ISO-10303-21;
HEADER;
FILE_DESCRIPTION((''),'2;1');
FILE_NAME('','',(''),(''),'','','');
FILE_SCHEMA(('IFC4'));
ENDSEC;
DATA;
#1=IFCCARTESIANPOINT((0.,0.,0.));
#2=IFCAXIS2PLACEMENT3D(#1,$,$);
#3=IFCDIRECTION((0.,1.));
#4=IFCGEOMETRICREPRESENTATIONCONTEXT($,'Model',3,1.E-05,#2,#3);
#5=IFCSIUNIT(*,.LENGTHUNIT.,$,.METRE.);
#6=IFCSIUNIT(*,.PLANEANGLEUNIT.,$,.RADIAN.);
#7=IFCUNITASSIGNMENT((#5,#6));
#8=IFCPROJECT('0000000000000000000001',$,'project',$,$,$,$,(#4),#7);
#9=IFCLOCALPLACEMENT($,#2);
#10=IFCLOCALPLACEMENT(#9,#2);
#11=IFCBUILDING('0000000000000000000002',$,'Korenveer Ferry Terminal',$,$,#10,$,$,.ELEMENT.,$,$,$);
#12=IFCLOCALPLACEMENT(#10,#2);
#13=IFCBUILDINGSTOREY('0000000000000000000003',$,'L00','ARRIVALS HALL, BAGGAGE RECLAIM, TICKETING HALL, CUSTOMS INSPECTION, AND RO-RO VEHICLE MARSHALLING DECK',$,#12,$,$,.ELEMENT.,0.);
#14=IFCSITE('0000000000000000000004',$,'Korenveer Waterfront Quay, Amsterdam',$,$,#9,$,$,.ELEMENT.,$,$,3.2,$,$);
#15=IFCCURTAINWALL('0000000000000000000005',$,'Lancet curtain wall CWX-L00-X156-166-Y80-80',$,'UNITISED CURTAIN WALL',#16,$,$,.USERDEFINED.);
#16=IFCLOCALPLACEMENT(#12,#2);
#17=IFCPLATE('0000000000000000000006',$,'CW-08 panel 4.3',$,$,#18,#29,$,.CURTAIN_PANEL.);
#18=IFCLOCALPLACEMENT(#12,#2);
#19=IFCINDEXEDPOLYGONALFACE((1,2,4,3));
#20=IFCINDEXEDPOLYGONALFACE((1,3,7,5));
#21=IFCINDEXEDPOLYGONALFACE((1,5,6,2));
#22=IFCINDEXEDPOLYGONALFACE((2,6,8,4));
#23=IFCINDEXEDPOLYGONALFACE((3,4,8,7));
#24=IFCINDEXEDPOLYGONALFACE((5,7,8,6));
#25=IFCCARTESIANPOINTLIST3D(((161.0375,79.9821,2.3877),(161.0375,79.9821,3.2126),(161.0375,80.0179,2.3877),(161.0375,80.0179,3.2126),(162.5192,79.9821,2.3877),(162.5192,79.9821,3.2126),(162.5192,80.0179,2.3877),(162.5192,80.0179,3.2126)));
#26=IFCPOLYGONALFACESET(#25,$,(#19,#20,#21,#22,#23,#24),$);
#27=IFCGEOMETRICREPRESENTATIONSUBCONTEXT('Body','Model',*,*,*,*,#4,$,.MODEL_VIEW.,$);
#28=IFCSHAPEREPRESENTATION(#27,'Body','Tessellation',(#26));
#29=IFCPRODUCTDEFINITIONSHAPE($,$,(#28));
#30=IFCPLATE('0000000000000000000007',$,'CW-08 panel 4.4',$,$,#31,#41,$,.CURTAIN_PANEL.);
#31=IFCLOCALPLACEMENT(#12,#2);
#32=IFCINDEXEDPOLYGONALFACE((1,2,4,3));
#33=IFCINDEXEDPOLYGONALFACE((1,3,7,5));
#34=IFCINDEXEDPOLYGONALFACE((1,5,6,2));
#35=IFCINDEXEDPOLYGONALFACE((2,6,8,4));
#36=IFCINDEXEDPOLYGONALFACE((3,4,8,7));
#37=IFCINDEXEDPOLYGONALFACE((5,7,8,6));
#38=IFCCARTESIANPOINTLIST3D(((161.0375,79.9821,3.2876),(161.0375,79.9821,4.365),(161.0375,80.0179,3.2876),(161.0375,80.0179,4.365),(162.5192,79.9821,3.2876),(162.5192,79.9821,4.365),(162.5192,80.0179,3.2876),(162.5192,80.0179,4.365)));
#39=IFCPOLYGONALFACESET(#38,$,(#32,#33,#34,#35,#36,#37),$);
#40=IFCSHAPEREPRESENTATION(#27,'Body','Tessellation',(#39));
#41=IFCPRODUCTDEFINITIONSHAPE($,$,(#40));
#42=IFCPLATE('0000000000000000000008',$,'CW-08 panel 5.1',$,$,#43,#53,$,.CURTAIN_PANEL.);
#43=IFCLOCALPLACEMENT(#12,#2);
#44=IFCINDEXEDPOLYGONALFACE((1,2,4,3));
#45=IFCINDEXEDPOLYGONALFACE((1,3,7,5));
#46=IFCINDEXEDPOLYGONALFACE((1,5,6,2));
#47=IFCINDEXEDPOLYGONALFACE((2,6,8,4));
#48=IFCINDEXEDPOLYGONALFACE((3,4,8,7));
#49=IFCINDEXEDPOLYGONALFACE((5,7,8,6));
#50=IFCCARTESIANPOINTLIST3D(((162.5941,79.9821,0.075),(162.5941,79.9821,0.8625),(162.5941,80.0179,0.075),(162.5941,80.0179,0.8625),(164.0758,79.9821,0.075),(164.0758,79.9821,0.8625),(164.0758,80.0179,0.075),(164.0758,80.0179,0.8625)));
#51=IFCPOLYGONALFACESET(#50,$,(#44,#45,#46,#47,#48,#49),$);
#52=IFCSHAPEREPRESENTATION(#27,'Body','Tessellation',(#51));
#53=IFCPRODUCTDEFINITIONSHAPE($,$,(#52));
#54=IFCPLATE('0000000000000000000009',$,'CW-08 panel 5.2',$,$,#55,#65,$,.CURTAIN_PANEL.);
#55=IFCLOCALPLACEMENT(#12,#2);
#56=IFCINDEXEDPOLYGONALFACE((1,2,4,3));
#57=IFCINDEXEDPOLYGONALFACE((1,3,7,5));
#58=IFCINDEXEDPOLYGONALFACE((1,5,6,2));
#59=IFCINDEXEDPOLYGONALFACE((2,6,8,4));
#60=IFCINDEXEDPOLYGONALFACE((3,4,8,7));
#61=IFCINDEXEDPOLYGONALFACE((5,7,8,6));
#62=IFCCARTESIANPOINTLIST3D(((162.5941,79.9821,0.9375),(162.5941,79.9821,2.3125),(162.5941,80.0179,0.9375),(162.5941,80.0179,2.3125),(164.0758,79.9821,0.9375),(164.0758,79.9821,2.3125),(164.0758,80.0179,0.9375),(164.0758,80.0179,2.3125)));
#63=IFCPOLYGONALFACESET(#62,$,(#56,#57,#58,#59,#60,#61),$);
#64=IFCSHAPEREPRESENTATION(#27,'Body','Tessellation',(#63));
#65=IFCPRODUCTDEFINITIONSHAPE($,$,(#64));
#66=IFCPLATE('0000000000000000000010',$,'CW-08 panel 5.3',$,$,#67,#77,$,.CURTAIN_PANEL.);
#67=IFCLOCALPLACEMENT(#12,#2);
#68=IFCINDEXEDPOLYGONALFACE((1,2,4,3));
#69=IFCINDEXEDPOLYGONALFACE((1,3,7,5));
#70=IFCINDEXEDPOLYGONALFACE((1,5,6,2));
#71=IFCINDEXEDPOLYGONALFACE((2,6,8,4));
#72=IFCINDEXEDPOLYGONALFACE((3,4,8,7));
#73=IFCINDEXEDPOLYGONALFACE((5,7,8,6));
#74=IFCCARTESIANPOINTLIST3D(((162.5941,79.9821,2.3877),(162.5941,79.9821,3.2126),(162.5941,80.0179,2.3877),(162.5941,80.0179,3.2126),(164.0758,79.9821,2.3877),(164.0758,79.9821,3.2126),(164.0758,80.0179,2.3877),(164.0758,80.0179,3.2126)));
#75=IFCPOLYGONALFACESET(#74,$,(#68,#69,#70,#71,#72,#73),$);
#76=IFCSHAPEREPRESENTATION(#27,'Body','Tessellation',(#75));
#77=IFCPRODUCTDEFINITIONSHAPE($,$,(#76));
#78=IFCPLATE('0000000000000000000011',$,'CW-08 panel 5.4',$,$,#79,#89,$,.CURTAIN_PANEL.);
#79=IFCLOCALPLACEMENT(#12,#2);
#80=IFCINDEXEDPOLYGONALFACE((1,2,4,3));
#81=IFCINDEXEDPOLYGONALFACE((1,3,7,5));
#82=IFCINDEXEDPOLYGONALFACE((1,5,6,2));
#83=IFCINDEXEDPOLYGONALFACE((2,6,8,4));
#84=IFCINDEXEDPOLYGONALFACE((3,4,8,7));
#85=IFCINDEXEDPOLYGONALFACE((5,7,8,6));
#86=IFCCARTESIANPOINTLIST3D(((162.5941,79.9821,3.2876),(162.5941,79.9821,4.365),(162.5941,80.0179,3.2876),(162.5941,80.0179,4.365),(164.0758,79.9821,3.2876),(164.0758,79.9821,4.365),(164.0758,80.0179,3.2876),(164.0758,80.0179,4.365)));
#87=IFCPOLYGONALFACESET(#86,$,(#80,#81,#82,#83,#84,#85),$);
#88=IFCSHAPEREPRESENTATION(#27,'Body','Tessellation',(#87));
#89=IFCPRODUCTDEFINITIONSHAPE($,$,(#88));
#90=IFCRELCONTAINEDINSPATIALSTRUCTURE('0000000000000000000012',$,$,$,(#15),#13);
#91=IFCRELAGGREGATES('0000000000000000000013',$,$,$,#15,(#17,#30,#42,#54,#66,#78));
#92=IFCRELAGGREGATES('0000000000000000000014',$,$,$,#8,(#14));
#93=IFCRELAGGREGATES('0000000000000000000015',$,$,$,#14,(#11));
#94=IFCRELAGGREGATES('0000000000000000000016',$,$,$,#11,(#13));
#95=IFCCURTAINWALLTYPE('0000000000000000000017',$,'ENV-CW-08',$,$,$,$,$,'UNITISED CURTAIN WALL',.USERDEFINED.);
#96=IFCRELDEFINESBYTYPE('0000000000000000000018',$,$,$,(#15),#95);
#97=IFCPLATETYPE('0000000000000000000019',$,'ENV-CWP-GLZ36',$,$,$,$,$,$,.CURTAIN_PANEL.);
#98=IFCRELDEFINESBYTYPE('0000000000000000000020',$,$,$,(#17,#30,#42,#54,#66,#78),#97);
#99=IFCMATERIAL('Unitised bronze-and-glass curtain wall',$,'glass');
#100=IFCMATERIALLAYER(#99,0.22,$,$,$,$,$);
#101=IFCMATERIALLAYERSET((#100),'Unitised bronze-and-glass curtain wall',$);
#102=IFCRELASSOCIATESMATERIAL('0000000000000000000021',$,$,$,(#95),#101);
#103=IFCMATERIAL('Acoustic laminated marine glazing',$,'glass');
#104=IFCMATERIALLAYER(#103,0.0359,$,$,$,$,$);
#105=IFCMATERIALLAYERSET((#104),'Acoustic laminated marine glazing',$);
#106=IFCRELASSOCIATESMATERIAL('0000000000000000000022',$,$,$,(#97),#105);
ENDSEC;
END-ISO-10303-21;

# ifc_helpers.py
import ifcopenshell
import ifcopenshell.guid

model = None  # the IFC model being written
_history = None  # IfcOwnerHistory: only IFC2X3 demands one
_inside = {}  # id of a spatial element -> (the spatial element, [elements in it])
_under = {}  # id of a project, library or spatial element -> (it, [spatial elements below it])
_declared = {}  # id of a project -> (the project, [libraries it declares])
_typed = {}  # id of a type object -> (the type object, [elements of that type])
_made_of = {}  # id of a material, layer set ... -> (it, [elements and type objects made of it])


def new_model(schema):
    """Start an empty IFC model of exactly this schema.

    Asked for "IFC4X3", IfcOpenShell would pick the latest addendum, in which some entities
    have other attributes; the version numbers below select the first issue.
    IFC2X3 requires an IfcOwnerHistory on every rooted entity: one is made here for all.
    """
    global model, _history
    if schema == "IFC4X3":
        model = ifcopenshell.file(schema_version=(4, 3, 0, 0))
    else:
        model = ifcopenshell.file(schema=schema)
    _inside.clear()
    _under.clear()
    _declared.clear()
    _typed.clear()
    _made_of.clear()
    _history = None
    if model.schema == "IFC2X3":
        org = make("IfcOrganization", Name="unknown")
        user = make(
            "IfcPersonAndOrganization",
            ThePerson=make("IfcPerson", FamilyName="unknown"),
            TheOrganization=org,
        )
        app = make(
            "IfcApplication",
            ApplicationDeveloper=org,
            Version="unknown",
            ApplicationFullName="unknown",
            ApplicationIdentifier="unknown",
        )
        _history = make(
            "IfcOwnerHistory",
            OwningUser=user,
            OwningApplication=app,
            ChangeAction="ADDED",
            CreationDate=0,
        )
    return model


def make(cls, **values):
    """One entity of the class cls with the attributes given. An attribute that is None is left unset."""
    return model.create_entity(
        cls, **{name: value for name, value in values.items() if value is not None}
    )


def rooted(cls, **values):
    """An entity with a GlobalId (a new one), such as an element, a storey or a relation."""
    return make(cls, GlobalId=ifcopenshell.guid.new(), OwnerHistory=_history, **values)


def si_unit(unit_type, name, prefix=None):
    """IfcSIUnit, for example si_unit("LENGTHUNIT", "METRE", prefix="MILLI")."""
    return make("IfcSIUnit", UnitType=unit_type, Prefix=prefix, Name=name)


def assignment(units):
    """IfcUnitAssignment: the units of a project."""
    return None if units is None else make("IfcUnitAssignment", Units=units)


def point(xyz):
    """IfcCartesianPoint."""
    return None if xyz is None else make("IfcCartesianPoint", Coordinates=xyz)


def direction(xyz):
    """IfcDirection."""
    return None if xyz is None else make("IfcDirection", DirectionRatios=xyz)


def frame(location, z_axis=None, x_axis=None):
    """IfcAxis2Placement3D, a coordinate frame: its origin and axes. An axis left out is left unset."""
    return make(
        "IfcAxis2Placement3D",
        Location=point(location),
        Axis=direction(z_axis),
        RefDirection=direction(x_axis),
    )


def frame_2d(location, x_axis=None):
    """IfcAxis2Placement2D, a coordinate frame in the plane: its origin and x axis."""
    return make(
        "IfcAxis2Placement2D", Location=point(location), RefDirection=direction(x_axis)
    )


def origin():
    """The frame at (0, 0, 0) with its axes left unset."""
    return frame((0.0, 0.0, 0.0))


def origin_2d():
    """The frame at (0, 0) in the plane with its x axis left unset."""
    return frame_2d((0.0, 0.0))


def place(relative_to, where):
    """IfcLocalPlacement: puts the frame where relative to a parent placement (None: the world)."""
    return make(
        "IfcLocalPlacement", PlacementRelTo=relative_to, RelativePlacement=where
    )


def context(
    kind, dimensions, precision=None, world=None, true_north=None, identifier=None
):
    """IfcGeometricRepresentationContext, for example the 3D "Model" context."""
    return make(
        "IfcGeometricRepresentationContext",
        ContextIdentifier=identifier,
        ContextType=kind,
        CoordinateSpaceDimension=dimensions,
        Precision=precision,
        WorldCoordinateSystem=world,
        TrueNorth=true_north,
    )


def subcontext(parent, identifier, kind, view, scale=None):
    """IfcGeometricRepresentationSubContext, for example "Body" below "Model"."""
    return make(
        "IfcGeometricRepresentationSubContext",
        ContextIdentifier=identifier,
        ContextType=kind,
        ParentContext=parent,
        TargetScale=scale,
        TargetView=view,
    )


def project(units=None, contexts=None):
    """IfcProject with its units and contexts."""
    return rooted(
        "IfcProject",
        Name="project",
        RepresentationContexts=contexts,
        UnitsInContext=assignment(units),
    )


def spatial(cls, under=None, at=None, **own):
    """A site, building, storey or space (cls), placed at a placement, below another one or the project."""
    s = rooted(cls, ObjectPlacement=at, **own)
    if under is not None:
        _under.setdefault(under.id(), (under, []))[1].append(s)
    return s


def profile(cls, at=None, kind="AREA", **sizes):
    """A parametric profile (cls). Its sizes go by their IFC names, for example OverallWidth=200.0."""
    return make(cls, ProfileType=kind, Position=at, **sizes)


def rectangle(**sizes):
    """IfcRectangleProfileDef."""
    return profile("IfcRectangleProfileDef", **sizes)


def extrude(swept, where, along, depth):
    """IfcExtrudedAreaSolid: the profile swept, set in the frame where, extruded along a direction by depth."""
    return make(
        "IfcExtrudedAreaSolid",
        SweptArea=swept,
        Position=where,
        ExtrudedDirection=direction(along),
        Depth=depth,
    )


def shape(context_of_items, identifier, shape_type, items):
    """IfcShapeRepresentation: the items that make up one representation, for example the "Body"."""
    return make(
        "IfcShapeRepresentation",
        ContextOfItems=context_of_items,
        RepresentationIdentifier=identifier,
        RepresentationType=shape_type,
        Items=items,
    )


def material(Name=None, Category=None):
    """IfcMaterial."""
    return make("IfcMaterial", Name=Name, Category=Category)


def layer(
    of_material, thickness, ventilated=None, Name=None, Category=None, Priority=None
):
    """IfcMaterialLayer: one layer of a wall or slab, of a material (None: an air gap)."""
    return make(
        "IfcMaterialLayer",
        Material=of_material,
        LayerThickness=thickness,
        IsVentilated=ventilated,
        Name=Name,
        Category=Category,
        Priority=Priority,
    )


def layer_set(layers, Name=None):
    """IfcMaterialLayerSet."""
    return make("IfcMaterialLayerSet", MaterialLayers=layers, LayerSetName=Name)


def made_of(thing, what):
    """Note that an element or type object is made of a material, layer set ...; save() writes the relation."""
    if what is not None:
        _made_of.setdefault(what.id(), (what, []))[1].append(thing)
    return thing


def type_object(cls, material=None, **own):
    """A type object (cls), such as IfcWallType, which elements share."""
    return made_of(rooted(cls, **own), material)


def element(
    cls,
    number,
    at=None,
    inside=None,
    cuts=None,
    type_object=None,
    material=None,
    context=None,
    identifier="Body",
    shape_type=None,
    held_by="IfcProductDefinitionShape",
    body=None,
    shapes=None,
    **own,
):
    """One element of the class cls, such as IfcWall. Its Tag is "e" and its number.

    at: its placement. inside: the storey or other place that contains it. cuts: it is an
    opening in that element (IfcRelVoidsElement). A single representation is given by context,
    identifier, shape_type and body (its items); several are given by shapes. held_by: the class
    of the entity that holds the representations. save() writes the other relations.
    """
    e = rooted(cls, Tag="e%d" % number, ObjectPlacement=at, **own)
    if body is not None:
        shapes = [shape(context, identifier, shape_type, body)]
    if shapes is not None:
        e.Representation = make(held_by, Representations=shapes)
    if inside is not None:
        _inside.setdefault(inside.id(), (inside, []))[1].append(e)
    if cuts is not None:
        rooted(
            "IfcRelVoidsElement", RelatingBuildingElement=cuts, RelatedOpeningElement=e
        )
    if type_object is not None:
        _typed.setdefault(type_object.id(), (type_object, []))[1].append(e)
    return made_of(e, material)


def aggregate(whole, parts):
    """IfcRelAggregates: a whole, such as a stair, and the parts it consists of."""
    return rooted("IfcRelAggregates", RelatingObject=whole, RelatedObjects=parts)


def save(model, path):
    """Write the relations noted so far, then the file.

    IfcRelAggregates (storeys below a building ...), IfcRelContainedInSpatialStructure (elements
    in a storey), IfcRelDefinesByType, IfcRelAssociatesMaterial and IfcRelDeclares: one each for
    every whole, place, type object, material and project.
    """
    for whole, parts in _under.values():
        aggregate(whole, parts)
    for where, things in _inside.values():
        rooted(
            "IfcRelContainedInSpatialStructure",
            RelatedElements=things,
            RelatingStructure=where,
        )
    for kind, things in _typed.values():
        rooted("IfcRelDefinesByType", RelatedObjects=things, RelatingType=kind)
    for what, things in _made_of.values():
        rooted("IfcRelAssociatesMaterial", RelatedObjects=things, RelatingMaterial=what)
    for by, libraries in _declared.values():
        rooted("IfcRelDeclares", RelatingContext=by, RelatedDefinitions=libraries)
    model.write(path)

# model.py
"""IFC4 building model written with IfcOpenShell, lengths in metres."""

from ifc_helpers import new_model, si_unit, direction, frame, origin, origin_2d, place, context, subcontext, project, spatial, rectangle, extrude, material, layer, layer_set, type_object, element, aggregate, save


model = new_model("IFC4")

# Units and contexts
model_context = context("Model", 3, precision=1e-05, world=origin(), true_north=direction((0.0, 1.0)))
body_context = subcontext(model_context, "Body", "Model", "MODEL_VIEW")
ifc_project = project(units=[si_unit("LENGTHUNIT", "METRE"), si_unit("PLANEANGLEUNIT", "RADIAN")], contexts=[model_context])

# Site, building, storey
site_placement = place(None, origin())
site = spatial("IfcSite", under=ifc_project, at=site_placement, Name="Korenveer Waterfront Quay, Amsterdam", CompositionType="ELEMENT", RefElevation=3.2)
building_placement = place(site_placement, origin())
building = spatial("IfcBuilding", under=site, at=building_placement, Name="Korenveer Ferry Terminal", CompositionType="ELEMENT")
storey_placement = place(building_placement, origin())
storey = spatial("IfcBuildingStorey", under=building, at=storey_placement, Name="L00", Description="ARRIVALS HALL, BAGGAGE RECLAIM, TICKETING HALL, CUSTOMS INSPECTION, AND RO-RO VEHICLE MARSHALLING DECK", CompositionType="ELEMENT", Elevation=0.0)

# Curtain wall, plates
ifc_material_1 = material(Name="Unitised bronze-and-glass curtain wall", Category="glass")
ifc_layer_1 = layer(ifc_material_1, 0.22)
ifc_layer_set_1 = layer_set([ifc_layer_1], Name="Unitised bronze-and-glass curtain wall")
curtain_wall_type = type_object("IfcCurtainWallType", Name="ENV-CW-08", ElementType="UNITISED CURTAIN WALL", PredefinedType="USERDEFINED", material=ifc_layer_set_1)
curtain_wall_placement = place(storey_placement, frame((156.3301, 80.0, 0.0)))
curtain_wall = element("IfcCurtainWall", 1, at=curtain_wall_placement, inside=storey, type_object=curtain_wall_type, Name="Lancet curtain wall CWX-L00-X156-166-Y80-80", ObjectType="UNITISED CURTAIN WALL", PredefinedType="USERDEFINED")
ifc_material_2 = material(Name="Acoustic laminated marine glazing", Category="glass")
ifc_layer_2 = layer(ifc_material_2, 0.0359)
ifc_layer_set_2 = layer_set([ifc_layer_2], Name="Acoustic laminated marine glazing")
plate_type = type_object("IfcPlateType", Name="ENV-CWP-GLZ36", PredefinedType="CURTAIN_PANEL", material=ifc_layer_set_2)
plate_1_placement = place(storey_placement, frame((161.7783, 80.0, 2.3877), z_axis=(0.0, 0.0, 1.0), x_axis=(1.0, 0.0, 0.0)))
plate_1 = element("IfcPlate", 2, at=plate_1_placement, type_object=plate_type, Name="CW-08 panel 4.3", PredefinedType="CURTAIN_PANEL", context=body_context, shape_type="SweptSolid", body=[
    extrude(rectangle(XDim=1.4817, YDim=0.0359, at=origin_2d()), origin(), (0.0, 0.0, 1.0), 0.825),
])
plate_2_placement = place(storey_placement, frame((161.7783, 80.0, 3.2876), z_axis=(0.0, 0.0, 1.0), x_axis=(1.0, 0.0, 0.0)))
plate_2 = element("IfcPlate", 3, at=plate_2_placement, type_object=plate_type, Name="CW-08 panel 4.4", PredefinedType="CURTAIN_PANEL", context=body_context, shape_type="SweptSolid", body=[
    extrude(rectangle(XDim=1.4817, YDim=0.0359, at=origin_2d()), origin(), (0.0, 0.0, 1.0), 1.0774),
])
plate_3_placement = place(storey_placement, frame((163.335, 80.0, 0.075), z_axis=(0.0, 0.0, 1.0), x_axis=(1.0, 0.0, 0.0)))
plate_3 = element("IfcPlate", 4, at=plate_3_placement, type_object=plate_type, Name="CW-08 panel 5.1", PredefinedType="CURTAIN_PANEL", context=body_context, shape_type="SweptSolid", body=[
    extrude(rectangle(XDim=1.4817, YDim=0.0359, at=origin_2d()), origin(), (0.0, 0.0, 1.0), 0.7876),
])
plate_4_placement = place(storey_placement, frame((163.335, 80.0, 0.9375), z_axis=(0.0, 0.0, 1.0), x_axis=(1.0, 0.0, 0.0)))
plate_4 = element("IfcPlate", 5, at=plate_4_placement, type_object=plate_type, Name="CW-08 panel 5.2", PredefinedType="CURTAIN_PANEL", context=body_context, shape_type="SweptSolid", body=[
    extrude(rectangle(XDim=1.4817, YDim=0.0359, at=origin_2d()), origin(), (0.0, 0.0, 1.0), 1.375),
])
plate_5_placement = place(storey_placement, frame((163.335, 80.0, 2.3877), z_axis=(0.0, 0.0, 1.0), x_axis=(1.0, 0.0, 0.0)))
plate_5 = element("IfcPlate", 6, at=plate_5_placement, type_object=plate_type, Name="CW-08 panel 5.3", PredefinedType="CURTAIN_PANEL", context=body_context, shape_type="SweptSolid", body=[
    extrude(rectangle(XDim=1.4817, YDim=0.0359, at=origin_2d()), origin(), (0.0, 0.0, 1.0), 0.825),
])
plate_6_placement = place(storey_placement, frame((163.335, 80.0, 3.2876), z_axis=(0.0, 0.0, 1.0), x_axis=(1.0, 0.0, 0.0)))
plate_6 = element("IfcPlate", 7, at=plate_6_placement, type_object=plate_type, Name="CW-08 panel 5.4", PredefinedType="CURTAIN_PANEL", context=body_context, shape_type="SweptSolid", body=[
    extrude(rectangle(XDim=1.4817, YDim=0.0359, at=origin_2d()), origin(), (0.0, 0.0, 1.0), 1.0774),
])
aggregate(curtain_wall, [plate_1, plate_2, plate_3, plate_4, plate_5, plate_6])

save(model, "model.ifc")
